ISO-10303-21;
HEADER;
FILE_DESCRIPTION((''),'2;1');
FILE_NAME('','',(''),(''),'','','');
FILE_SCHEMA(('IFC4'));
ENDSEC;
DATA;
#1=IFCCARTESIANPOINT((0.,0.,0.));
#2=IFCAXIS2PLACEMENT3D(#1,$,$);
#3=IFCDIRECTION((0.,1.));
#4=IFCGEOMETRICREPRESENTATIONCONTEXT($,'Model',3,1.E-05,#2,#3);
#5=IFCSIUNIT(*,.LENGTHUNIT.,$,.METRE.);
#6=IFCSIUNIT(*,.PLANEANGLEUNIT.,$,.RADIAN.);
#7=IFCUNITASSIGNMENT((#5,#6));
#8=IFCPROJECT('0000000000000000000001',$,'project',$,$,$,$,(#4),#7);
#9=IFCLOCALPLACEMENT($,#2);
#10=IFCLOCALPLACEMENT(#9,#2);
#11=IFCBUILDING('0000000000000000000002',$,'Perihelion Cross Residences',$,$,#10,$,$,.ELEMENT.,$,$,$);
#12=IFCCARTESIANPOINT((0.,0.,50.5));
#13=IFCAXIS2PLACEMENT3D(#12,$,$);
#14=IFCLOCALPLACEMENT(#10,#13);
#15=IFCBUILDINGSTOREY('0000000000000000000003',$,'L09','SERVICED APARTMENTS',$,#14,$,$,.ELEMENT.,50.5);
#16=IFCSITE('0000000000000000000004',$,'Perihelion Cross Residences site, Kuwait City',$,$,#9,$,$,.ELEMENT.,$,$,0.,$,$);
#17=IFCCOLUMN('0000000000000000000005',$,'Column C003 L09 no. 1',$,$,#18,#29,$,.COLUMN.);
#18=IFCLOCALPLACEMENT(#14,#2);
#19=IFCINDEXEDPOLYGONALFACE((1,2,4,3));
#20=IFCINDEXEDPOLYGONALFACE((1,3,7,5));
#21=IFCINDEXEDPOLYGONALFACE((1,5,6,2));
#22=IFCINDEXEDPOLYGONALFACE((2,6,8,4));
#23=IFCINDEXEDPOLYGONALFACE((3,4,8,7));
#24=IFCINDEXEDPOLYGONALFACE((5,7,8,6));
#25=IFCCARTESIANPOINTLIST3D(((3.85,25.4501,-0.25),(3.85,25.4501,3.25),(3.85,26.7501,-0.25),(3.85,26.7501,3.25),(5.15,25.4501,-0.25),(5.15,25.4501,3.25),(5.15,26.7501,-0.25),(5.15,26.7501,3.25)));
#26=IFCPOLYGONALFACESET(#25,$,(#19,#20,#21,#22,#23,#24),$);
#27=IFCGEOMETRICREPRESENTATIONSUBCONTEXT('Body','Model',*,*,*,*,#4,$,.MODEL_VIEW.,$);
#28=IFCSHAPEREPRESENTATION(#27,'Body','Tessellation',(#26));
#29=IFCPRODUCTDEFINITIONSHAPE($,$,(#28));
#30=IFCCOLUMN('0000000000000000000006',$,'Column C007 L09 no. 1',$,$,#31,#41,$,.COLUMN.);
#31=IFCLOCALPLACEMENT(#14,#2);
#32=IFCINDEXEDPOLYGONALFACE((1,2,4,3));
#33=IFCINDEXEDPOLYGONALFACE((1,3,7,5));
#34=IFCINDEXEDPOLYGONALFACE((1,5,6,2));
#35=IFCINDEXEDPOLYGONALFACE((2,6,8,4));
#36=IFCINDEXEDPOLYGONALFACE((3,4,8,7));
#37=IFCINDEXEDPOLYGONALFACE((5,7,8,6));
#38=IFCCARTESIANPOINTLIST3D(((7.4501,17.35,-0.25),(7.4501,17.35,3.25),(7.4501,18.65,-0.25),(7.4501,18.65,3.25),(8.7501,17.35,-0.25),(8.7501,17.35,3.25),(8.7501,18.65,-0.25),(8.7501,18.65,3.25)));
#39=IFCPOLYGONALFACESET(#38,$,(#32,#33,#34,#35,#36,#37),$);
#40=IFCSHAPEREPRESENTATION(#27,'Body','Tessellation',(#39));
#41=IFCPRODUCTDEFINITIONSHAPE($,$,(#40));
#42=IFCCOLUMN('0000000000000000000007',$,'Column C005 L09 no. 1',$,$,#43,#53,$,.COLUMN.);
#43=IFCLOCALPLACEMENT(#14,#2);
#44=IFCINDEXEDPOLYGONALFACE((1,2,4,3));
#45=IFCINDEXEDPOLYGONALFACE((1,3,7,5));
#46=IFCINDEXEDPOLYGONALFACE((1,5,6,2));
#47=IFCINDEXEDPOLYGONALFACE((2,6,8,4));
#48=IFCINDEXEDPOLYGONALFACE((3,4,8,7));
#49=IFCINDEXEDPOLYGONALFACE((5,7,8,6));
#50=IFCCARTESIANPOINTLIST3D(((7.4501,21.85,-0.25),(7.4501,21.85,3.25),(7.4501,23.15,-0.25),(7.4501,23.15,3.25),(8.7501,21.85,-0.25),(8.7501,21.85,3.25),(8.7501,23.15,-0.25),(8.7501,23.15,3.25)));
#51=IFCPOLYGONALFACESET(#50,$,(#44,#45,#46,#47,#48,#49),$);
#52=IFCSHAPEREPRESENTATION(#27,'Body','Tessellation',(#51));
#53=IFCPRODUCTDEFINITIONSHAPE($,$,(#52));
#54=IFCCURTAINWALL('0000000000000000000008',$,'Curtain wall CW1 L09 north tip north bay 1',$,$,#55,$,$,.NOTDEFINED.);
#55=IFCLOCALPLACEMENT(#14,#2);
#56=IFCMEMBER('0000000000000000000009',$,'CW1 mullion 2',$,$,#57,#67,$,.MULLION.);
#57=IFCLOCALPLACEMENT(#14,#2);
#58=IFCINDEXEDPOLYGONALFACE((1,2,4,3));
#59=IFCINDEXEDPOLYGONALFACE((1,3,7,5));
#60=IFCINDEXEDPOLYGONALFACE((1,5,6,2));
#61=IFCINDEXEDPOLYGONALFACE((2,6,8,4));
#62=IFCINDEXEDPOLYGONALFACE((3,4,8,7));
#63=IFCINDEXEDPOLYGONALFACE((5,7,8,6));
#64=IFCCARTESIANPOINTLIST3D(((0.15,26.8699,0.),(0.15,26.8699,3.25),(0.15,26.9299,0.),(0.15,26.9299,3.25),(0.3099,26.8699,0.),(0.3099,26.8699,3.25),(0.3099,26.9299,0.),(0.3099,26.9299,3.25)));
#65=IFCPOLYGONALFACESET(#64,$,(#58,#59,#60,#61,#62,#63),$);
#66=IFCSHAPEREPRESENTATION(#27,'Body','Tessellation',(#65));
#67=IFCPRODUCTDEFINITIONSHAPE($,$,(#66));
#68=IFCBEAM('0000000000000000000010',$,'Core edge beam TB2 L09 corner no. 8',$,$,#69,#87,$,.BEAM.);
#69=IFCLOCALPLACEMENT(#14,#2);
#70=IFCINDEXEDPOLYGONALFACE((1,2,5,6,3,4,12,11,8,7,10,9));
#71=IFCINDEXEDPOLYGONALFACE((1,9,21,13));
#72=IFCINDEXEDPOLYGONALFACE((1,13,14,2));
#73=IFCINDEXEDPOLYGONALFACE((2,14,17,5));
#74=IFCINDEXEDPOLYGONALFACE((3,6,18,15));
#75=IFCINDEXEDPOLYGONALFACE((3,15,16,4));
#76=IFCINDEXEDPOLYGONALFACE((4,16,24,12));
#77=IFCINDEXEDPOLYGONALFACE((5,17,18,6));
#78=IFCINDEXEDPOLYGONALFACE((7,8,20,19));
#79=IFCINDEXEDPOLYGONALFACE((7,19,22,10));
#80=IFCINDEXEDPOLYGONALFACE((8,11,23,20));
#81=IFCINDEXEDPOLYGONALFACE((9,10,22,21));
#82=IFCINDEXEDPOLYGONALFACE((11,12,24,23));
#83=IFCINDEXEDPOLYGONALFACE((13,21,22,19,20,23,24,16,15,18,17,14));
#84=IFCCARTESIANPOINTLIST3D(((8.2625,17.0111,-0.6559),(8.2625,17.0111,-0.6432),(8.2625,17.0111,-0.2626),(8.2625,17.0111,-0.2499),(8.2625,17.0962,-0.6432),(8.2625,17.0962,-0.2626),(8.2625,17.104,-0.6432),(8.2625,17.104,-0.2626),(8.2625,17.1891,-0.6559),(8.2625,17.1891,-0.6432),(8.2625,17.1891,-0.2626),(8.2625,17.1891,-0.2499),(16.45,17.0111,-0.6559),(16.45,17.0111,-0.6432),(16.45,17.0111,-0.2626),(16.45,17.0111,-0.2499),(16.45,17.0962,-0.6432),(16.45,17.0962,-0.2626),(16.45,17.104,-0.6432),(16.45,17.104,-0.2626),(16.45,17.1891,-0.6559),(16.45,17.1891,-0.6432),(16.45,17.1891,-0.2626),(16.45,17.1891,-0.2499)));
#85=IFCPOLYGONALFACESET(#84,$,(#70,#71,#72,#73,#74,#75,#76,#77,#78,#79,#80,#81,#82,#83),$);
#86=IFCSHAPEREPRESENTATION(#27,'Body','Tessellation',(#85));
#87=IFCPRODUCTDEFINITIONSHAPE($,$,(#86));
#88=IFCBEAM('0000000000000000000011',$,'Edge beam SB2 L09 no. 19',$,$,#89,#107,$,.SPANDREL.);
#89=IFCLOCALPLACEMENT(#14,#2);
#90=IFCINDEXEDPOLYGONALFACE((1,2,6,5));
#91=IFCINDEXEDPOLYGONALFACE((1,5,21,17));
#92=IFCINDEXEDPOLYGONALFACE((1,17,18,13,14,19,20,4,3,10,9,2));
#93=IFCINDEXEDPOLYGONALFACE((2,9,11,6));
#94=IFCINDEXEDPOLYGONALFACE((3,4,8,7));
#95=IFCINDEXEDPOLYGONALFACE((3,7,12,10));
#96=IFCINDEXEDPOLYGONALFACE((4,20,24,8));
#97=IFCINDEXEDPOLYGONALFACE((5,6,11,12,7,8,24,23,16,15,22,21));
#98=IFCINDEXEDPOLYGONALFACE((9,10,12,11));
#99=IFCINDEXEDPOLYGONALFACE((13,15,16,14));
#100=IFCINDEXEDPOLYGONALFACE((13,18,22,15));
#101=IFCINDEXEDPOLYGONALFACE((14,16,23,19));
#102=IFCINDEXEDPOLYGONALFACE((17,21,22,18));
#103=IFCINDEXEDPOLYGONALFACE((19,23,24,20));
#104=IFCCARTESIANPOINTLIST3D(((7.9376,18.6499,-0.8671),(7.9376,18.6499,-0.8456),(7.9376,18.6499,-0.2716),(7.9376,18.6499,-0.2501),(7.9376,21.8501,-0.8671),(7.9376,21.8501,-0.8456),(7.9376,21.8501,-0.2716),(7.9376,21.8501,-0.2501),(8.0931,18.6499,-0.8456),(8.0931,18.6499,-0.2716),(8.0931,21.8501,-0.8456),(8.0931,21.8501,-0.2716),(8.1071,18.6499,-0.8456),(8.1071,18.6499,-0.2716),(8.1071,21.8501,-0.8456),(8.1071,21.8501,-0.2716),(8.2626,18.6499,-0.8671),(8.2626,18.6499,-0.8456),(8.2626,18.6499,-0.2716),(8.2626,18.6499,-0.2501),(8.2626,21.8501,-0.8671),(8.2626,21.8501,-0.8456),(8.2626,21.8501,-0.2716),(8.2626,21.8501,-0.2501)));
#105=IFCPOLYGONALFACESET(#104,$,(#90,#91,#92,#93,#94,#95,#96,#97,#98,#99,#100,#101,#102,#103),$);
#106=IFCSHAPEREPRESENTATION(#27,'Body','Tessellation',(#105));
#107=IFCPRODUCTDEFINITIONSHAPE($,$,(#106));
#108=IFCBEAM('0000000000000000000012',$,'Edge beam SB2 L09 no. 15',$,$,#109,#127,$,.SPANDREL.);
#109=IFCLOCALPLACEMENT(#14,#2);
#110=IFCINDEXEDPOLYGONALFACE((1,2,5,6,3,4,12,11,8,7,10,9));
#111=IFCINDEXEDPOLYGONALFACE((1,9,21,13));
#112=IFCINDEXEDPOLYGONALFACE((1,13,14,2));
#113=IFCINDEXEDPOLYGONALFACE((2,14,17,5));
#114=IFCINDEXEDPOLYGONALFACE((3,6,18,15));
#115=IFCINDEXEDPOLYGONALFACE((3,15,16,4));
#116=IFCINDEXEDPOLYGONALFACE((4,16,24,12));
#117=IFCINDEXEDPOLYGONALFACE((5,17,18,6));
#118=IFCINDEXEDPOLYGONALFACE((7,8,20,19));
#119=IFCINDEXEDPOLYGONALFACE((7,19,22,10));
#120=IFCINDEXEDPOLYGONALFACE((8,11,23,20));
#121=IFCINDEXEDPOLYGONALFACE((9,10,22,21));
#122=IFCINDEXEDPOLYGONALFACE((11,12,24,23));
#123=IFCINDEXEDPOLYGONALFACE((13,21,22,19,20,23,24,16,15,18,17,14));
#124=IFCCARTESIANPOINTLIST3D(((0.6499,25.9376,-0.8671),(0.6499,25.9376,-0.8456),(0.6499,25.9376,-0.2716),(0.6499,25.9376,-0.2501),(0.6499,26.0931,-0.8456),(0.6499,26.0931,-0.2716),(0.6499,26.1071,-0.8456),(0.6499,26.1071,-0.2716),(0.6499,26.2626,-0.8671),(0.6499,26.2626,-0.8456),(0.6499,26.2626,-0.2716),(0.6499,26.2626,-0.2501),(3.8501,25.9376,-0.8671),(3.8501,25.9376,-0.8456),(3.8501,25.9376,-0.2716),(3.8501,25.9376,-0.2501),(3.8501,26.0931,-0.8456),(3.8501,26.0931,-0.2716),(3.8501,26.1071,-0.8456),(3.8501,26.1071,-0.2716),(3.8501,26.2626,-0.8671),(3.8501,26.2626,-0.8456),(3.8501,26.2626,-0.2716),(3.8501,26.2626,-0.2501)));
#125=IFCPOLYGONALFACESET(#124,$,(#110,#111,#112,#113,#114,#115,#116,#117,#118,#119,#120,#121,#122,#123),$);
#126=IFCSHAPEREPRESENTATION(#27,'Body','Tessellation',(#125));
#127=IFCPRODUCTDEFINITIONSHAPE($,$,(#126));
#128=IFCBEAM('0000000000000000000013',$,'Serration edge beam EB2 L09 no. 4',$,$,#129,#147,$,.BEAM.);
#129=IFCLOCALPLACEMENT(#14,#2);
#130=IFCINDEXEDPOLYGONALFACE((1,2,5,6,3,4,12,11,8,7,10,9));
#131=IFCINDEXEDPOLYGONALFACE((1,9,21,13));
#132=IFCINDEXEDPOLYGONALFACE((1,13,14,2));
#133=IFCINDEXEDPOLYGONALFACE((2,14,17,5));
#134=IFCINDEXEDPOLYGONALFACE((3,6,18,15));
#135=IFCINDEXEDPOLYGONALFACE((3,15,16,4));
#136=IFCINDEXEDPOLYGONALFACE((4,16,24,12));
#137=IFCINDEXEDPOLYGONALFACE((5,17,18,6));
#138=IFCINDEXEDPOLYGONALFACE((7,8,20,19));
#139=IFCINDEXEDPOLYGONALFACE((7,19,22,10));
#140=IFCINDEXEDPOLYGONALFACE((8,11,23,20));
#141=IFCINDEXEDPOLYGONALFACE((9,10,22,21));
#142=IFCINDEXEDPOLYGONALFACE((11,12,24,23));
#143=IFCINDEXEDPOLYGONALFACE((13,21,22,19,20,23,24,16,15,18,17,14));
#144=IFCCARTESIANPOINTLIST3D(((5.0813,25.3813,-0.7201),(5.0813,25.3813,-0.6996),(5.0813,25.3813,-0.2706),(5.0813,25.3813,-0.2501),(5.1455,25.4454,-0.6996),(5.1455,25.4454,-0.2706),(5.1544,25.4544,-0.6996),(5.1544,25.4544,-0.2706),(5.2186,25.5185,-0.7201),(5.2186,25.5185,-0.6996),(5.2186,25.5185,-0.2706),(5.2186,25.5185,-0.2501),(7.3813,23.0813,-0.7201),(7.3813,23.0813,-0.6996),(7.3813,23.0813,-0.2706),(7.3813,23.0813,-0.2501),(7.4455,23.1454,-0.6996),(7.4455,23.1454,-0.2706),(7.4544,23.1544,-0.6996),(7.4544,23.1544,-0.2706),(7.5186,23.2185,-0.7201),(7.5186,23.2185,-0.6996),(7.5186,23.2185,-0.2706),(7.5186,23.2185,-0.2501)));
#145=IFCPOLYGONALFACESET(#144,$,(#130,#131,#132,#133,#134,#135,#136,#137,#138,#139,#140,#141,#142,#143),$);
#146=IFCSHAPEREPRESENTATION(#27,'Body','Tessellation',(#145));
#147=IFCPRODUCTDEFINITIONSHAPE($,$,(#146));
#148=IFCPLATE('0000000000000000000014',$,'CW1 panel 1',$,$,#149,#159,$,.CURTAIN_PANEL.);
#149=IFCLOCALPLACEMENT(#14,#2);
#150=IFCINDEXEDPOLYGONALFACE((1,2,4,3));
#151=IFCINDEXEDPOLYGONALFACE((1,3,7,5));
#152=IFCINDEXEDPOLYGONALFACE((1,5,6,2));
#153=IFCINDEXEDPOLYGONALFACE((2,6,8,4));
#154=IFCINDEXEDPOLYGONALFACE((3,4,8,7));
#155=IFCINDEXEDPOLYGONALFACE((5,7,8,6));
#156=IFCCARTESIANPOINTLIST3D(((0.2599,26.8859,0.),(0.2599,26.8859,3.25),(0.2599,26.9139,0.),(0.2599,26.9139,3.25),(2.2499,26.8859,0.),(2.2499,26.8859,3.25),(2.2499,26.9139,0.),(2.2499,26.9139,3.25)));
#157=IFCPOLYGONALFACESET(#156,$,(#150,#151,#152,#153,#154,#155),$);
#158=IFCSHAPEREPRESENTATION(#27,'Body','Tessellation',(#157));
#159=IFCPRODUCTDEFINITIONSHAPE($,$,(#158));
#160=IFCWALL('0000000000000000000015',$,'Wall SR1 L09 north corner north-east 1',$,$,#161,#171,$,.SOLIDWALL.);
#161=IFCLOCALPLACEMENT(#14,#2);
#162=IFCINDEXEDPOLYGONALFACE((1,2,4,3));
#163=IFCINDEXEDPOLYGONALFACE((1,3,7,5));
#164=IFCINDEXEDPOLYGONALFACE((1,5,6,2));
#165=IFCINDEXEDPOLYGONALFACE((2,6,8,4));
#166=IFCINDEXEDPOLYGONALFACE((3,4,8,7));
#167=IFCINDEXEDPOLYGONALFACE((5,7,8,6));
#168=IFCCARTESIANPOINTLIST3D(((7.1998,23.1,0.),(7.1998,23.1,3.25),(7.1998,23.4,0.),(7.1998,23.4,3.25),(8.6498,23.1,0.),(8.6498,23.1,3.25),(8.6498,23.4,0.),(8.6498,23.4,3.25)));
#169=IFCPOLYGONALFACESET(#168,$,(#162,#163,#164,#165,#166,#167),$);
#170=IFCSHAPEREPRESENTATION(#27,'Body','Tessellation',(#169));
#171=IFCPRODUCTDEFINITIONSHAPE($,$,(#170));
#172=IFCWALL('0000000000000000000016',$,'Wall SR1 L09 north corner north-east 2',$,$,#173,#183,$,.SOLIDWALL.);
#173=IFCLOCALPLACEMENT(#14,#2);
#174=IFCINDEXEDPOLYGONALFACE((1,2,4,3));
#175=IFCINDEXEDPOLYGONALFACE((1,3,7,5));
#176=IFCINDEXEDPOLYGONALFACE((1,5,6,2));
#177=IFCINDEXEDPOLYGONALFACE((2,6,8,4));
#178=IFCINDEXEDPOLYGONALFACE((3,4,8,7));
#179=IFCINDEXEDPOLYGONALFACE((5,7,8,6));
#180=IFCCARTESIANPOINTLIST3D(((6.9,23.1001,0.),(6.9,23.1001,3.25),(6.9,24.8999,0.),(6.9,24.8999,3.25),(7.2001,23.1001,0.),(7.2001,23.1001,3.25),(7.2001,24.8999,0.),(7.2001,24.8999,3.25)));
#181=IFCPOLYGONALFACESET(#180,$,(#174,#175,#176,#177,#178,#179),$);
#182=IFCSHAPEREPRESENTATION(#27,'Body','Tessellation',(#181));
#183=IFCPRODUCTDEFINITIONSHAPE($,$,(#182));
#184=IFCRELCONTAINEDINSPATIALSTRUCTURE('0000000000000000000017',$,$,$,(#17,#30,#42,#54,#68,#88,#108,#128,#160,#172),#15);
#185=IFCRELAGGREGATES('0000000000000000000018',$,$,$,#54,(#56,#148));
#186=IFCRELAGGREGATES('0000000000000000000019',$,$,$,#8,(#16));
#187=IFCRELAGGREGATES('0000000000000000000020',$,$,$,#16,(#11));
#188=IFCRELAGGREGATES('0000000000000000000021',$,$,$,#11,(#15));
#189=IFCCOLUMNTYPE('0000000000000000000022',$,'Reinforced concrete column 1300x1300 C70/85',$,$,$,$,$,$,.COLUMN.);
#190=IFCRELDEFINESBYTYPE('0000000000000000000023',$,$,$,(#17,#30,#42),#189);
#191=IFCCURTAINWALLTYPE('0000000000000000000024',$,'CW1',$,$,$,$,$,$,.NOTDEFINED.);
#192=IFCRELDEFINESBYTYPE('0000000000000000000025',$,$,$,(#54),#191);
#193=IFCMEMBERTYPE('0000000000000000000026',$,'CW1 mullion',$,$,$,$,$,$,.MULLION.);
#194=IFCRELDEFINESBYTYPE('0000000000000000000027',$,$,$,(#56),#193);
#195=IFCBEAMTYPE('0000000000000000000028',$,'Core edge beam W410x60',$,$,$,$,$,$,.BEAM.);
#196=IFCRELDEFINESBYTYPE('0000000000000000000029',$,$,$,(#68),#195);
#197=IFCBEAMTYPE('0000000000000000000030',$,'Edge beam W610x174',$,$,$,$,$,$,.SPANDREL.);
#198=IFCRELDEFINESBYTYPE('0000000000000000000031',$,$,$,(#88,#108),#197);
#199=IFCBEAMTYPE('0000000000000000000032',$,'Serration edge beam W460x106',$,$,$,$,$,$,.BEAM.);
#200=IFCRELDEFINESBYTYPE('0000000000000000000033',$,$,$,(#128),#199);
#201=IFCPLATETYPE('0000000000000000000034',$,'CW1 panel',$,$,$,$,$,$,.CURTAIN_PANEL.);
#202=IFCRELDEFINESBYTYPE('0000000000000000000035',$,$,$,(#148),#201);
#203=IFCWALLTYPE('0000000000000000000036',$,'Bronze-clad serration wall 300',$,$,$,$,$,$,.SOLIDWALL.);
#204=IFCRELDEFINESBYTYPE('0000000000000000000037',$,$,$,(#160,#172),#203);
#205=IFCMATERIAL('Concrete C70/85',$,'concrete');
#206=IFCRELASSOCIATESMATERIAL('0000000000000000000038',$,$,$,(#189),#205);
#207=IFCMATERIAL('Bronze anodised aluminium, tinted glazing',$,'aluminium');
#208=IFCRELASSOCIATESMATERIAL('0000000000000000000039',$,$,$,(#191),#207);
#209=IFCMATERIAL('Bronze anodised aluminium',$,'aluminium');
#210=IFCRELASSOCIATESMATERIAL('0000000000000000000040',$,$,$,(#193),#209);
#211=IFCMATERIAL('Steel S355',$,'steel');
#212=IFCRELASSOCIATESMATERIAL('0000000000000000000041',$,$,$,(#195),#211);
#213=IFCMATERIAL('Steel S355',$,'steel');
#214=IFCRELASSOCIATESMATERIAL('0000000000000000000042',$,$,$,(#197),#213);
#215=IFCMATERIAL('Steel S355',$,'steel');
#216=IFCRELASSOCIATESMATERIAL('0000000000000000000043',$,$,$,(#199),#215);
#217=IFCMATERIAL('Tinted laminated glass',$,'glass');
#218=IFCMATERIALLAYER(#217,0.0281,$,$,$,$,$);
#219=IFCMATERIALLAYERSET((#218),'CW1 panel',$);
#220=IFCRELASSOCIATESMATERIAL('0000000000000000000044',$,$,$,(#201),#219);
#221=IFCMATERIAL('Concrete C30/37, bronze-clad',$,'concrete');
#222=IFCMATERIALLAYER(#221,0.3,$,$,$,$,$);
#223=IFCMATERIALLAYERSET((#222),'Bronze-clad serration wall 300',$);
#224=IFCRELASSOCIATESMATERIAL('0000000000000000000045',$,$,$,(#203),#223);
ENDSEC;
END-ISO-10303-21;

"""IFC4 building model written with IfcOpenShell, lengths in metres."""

from ifc_helpers import new_model, si_unit, direction, frame, frame_2d, origin, origin_2d, place, context, subcontext, project, spatial, rectangle, i_section, extrude, material, layer, layer_set, material_profile, profile_set, type_object, element, aggregate, save


model = new_model("IFC4")

# Units and contexts
model_context = context("Model", 3, precision=1e-05, world=origin(), true_north=direction((0.0, 1.0)))
body_context = subcontext(model_context, "Body", "Model", "MODEL_VIEW")
ifc_project = project(units=[si_unit("LENGTHUNIT", "METRE"), si_unit("PLANEANGLEUNIT", "RADIAN")], contexts=[model_context])

# Site, building, storey
site_placement = place(None, origin())
site = spatial("IfcSite", under=ifc_project, at=site_placement, Name="Perihelion Cross Residences site, Kuwait City", CompositionType="ELEMENT", RefElevation=0.0)
building_placement = place(site_placement, origin())
building = spatial("IfcBuilding", under=site, at=building_placement, Name="Perihelion Cross Residences", CompositionType="ELEMENT")
storey_placement = place(building_placement, frame((0.0, 0.0, 50.5)))
storey = spatial("IfcBuildingStorey", under=building, at=storey_placement, Name="L09", Description="SERVICED APARTMENTS", CompositionType="ELEMENT", Elevation=50.5)

# Columns
ifc_material_1 = material(Name="Concrete C70/85", Category="concrete")
ifc_material_profile_1 = material_profile(ifc_material_1, rectangle(XDim=1.3, YDim=1.3, at=origin_2d()), Name="RC 1300x1300")
ifc_profile_set_1 = profile_set([ifc_material_profile_1], Name="Concrete C70/85")
column_type = type_object("IfcColumnType", Name="Reinforced concrete column 1300x1300 C70/85", PredefinedType="COLUMN", material=ifc_profile_set_1)
for number, where, z_axis, x_axis, name in (
    (1, (4.5, 26.1001, -0.25), (0.0, 0.0, 1.0), (1.0, 0.0, 0.0), "Column C003 L09 no. 1"),
    (2, (8.1001, 18.0, -0.25), (0.0, 0.0, 1.0), (1.0, 0.0, 0.0), "Column C007 L09 no. 1"),
    (3, (8.1001, 22.5, -0.25), (0.0, 0.0, 1.0), (1.0, 0.0, 0.0), "Column C005 L09 no. 1"),
):
    element("IfcColumn", number, at=place(storey_placement, frame(where, z_axis=z_axis, x_axis=x_axis)), inside=storey, type_object=column_type, Name=name, PredefinedType="COLUMN", context=body_context, shape_type="SweptSolid", body=[
        extrude(rectangle(XDim=1.3, YDim=1.3, at=origin_2d()), origin(), (0.0, 0.0, 1.0), 3.5),
    ])

# Curtain wall, member
ifc_material_2 = material(Name="Bronze anodised aluminium, tinted glazing", Category="aluminium")
curtain_wall_type = type_object("IfcCurtainWallType", Name="CW1", PredefinedType="NOTDEFINED", material=ifc_material_2)
curtain_wall_placement = place(storey_placement, origin())
curtain_wall = element("IfcCurtainWall", 4, at=curtain_wall_placement, inside=storey, type_object=curtain_wall_type, Name="Curtain wall CW1 L09 north tip north bay 1", PredefinedType="NOTDEFINED")
ifc_material_3 = material(Name="Bronze anodised aluminium", Category="aluminium")
ifc_material_profile_2 = material_profile(ifc_material_3, rectangle(XDim=0.0601, YDim=0.1599, at=origin_2d()), Name="CW1 mullion")
ifc_profile_set_2 = profile_set([ifc_material_profile_2], Name="Bronze anodised aluminium")
member_type = type_object("IfcMemberType", Name="CW1 mullion", PredefinedType="MULLION", material=ifc_profile_set_2)
member_placement = place(storey_placement, frame((0.23, 26.8999, 0.0), z_axis=(0.0, 0.0, 1.0), x_axis=(0.0, -1.0, 0.0)))
member = element("IfcMember", 5, at=member_placement, type_object=member_type, Name="CW1 mullion 2", PredefinedType="MULLION", context=body_context, shape_type="SweptSolid", body=[
    extrude(rectangle(XDim=0.0601, YDim=0.1599, at=origin_2d()), origin(), (0.0, 0.0, 1.0), 3.25),
])

# Beams
ifc_material_4 = material(Name="Steel S355", Category="steel")
ifc_material_profile_3 = material_profile(ifc_material_4, i_section(OverallWidth=0.178, OverallDepth=0.406, WebThickness=0.0078, FlangeThickness=0.0127, at=origin_2d()), Name="W410x60")
ifc_profile_set_3 = profile_set([ifc_material_profile_3], Name="Steel S355")
beam_type_1 = type_object("IfcBeamType", Name="Core edge beam W410x60", PredefinedType="BEAM", material=ifc_profile_set_3)
beam_1_placement = place(storey_placement, frame((8.2625, 17.1001, -0.4529), z_axis=(1.0, 0.0, 0.0), x_axis=(0.0, 1.0, 0.0)))
element("IfcBeam", 6, at=beam_1_placement, inside=storey, type_object=beam_type_1, Name="Core edge beam TB2 L09 corner no. 8", PredefinedType="BEAM", context=body_context, shape_type="SweptSolid", body=[
    extrude(i_section(OverallWidth=0.178, OverallDepth=0.406, WebThickness=0.0078, FlangeThickness=0.0127, at=origin_2d()), origin(), (0.0, 0.0, 1.0), 8.1875),
])
ifc_material_5 = material(Name="Steel S355", Category="steel")
ifc_material_profile_4 = material_profile(ifc_material_5, i_section(OverallWidth=0.325, OverallDepth=0.6169, WebThickness=0.0139, FlangeThickness=0.0215, at=origin_2d()), Name="W610x174")
ifc_profile_set_4 = profile_set([ifc_material_profile_4], Name="Steel S355")
beam_type_2 = type_object("IfcBeamType", Name="Edge beam W610x174", PredefinedType="SPANDREL", material=ifc_profile_set_4)
for number, where, z_axis, x_axis, name in (
    (7, (8.1001, 18.6499, -0.5586), (0.0, 1.0, 0.0), (-1.0, 0.0, 0.0), "Edge beam SB2 L09 no. 19"),
    (8, (3.8501, 26.1001, -0.5586), (-1.0, 0.0, 0.0), (0.0, -1.0, 0.0), "Edge beam SB2 L09 no. 15"),
):
    element("IfcBeam", number, at=place(storey_placement, frame(where, z_axis=z_axis, x_axis=x_axis)), inside=storey, type_object=beam_type_2, Name=name, PredefinedType="SPANDREL", context=body_context, shape_type="SweptSolid", body=[
        extrude(i_section(OverallWidth=0.325, OverallDepth=0.6169, WebThickness=0.0139, FlangeThickness=0.0215, at=origin_2d()), origin(), (0.0, 0.0, 1.0), 3.2002),
    ])
ifc_material_6 = material(Name="Steel S355", Category="steel")
ifc_material_profile_5 = material_profile(ifc_material_6, i_section(OverallWidth=0.1941, OverallDepth=0.47, WebThickness=0.0127, FlangeThickness=0.0205, at=origin_2d()), Name="W460x106")
ifc_profile_set_5 = profile_set([ifc_material_profile_5], Name="Steel S355")
beam_type_3 = type_object("IfcBeamType", Name="Serration edge beam W460x106", PredefinedType="BEAM", material=ifc_profile_set_5)
beam_2_placement = place(storey_placement, frame((7.45, 23.1499, -0.4851), z_axis=(-0.707107, 0.707107, 0.0), x_axis=(-0.707107, -0.707107, 0.0)))
element("IfcBeam", 9, at=beam_2_placement, inside=storey, type_object=beam_type_3, Name="Serration edge beam EB2 L09 no. 4", PredefinedType="BEAM", context=body_context, shape_type="SweptSolid", body=[
    extrude(i_section(OverallWidth=0.1941, OverallDepth=0.47, WebThickness=0.0127, FlangeThickness=0.0205, at=origin_2d()), origin(), (0.0, 0.0, 1.0), 3.2527),
])

# Plate
ifc_material_7 = material(Name="Tinted laminated glass", Category="glass")
ifc_layer_1 = layer(ifc_material_7, 0.0281)
ifc_layer_set_1 = layer_set([ifc_layer_1], Name="CW1 panel")
plate_type = type_object("IfcPlateType", Name="CW1 panel", PredefinedType="CURTAIN_PANEL", material=ifc_layer_set_1)
plate_placement = place(storey_placement, frame((1.2549, 26.8999, 0.0), z_axis=(0.0, 0.0, 1.0), x_axis=(-1.0, 0.0, 0.0)))
plate = element("IfcPlate", 10, at=plate_placement, type_object=plate_type, Name="CW1 panel 1", PredefinedType="CURTAIN_PANEL", context=body_context, shape_type="SweptSolid", body=[
    extrude(rectangle(XDim=1.99, YDim=0.0281, at=origin_2d()), origin(), (0.0, 0.0, 1.0), 3.25),
])
aggregate(curtain_wall, [member, plate])

# Walls
ifc_material_8 = material(Name="Concrete C30/37, bronze-clad", Category="concrete")
ifc_layer_2 = layer(ifc_material_8, 0.3)
ifc_layer_set_2 = layer_set([ifc_layer_2], Name="Bronze-clad serration wall 300")
wall_type_1 = type_object("IfcWallType", Name="Bronze-clad serration wall 300", PredefinedType="SOLIDWALL", material=ifc_layer_set_2)
wall_1_placement = place(storey_placement, frame((8.6499, 23.25, 0.0), z_axis=(0.0, 0.0, 1.0), x_axis=(-1.0, 0.0, 0.0)))
element("IfcWall", 11, at=wall_1_placement, inside=storey, type_object=wall_type_1, Name="Wall SR1 L09 north corner north-east 1", PredefinedType="SOLIDWALL", context=body_context, shape_type="SweptSolid", body=[
    extrude(rectangle(XDim=1.45, YDim=0.3, at=frame_2d((0.7251, 0.0))), origin(), (0.0, 0.0, 1.0), 3.25),
])
wall_2_placement = place(storey_placement, frame((7.05, 23.1001, 0.0), z_axis=(0.0, 0.0, 1.0), x_axis=(0.0, 1.0, 0.0)))
element("IfcWall", 12, at=wall_2_placement, inside=storey, type_object=wall_type_1, Name="Wall SR1 L09 north corner north-east 2", PredefinedType="SOLIDWALL", context=body_context, shape_type="SweptSolid", body=[
    extrude(rectangle(XDim=1.7998, YDim=0.3, at=frame_2d((0.8999, 0.0))), origin(), (0.0, 0.0, 1.0), 3.25),
])

save(model, "model.ifc")
